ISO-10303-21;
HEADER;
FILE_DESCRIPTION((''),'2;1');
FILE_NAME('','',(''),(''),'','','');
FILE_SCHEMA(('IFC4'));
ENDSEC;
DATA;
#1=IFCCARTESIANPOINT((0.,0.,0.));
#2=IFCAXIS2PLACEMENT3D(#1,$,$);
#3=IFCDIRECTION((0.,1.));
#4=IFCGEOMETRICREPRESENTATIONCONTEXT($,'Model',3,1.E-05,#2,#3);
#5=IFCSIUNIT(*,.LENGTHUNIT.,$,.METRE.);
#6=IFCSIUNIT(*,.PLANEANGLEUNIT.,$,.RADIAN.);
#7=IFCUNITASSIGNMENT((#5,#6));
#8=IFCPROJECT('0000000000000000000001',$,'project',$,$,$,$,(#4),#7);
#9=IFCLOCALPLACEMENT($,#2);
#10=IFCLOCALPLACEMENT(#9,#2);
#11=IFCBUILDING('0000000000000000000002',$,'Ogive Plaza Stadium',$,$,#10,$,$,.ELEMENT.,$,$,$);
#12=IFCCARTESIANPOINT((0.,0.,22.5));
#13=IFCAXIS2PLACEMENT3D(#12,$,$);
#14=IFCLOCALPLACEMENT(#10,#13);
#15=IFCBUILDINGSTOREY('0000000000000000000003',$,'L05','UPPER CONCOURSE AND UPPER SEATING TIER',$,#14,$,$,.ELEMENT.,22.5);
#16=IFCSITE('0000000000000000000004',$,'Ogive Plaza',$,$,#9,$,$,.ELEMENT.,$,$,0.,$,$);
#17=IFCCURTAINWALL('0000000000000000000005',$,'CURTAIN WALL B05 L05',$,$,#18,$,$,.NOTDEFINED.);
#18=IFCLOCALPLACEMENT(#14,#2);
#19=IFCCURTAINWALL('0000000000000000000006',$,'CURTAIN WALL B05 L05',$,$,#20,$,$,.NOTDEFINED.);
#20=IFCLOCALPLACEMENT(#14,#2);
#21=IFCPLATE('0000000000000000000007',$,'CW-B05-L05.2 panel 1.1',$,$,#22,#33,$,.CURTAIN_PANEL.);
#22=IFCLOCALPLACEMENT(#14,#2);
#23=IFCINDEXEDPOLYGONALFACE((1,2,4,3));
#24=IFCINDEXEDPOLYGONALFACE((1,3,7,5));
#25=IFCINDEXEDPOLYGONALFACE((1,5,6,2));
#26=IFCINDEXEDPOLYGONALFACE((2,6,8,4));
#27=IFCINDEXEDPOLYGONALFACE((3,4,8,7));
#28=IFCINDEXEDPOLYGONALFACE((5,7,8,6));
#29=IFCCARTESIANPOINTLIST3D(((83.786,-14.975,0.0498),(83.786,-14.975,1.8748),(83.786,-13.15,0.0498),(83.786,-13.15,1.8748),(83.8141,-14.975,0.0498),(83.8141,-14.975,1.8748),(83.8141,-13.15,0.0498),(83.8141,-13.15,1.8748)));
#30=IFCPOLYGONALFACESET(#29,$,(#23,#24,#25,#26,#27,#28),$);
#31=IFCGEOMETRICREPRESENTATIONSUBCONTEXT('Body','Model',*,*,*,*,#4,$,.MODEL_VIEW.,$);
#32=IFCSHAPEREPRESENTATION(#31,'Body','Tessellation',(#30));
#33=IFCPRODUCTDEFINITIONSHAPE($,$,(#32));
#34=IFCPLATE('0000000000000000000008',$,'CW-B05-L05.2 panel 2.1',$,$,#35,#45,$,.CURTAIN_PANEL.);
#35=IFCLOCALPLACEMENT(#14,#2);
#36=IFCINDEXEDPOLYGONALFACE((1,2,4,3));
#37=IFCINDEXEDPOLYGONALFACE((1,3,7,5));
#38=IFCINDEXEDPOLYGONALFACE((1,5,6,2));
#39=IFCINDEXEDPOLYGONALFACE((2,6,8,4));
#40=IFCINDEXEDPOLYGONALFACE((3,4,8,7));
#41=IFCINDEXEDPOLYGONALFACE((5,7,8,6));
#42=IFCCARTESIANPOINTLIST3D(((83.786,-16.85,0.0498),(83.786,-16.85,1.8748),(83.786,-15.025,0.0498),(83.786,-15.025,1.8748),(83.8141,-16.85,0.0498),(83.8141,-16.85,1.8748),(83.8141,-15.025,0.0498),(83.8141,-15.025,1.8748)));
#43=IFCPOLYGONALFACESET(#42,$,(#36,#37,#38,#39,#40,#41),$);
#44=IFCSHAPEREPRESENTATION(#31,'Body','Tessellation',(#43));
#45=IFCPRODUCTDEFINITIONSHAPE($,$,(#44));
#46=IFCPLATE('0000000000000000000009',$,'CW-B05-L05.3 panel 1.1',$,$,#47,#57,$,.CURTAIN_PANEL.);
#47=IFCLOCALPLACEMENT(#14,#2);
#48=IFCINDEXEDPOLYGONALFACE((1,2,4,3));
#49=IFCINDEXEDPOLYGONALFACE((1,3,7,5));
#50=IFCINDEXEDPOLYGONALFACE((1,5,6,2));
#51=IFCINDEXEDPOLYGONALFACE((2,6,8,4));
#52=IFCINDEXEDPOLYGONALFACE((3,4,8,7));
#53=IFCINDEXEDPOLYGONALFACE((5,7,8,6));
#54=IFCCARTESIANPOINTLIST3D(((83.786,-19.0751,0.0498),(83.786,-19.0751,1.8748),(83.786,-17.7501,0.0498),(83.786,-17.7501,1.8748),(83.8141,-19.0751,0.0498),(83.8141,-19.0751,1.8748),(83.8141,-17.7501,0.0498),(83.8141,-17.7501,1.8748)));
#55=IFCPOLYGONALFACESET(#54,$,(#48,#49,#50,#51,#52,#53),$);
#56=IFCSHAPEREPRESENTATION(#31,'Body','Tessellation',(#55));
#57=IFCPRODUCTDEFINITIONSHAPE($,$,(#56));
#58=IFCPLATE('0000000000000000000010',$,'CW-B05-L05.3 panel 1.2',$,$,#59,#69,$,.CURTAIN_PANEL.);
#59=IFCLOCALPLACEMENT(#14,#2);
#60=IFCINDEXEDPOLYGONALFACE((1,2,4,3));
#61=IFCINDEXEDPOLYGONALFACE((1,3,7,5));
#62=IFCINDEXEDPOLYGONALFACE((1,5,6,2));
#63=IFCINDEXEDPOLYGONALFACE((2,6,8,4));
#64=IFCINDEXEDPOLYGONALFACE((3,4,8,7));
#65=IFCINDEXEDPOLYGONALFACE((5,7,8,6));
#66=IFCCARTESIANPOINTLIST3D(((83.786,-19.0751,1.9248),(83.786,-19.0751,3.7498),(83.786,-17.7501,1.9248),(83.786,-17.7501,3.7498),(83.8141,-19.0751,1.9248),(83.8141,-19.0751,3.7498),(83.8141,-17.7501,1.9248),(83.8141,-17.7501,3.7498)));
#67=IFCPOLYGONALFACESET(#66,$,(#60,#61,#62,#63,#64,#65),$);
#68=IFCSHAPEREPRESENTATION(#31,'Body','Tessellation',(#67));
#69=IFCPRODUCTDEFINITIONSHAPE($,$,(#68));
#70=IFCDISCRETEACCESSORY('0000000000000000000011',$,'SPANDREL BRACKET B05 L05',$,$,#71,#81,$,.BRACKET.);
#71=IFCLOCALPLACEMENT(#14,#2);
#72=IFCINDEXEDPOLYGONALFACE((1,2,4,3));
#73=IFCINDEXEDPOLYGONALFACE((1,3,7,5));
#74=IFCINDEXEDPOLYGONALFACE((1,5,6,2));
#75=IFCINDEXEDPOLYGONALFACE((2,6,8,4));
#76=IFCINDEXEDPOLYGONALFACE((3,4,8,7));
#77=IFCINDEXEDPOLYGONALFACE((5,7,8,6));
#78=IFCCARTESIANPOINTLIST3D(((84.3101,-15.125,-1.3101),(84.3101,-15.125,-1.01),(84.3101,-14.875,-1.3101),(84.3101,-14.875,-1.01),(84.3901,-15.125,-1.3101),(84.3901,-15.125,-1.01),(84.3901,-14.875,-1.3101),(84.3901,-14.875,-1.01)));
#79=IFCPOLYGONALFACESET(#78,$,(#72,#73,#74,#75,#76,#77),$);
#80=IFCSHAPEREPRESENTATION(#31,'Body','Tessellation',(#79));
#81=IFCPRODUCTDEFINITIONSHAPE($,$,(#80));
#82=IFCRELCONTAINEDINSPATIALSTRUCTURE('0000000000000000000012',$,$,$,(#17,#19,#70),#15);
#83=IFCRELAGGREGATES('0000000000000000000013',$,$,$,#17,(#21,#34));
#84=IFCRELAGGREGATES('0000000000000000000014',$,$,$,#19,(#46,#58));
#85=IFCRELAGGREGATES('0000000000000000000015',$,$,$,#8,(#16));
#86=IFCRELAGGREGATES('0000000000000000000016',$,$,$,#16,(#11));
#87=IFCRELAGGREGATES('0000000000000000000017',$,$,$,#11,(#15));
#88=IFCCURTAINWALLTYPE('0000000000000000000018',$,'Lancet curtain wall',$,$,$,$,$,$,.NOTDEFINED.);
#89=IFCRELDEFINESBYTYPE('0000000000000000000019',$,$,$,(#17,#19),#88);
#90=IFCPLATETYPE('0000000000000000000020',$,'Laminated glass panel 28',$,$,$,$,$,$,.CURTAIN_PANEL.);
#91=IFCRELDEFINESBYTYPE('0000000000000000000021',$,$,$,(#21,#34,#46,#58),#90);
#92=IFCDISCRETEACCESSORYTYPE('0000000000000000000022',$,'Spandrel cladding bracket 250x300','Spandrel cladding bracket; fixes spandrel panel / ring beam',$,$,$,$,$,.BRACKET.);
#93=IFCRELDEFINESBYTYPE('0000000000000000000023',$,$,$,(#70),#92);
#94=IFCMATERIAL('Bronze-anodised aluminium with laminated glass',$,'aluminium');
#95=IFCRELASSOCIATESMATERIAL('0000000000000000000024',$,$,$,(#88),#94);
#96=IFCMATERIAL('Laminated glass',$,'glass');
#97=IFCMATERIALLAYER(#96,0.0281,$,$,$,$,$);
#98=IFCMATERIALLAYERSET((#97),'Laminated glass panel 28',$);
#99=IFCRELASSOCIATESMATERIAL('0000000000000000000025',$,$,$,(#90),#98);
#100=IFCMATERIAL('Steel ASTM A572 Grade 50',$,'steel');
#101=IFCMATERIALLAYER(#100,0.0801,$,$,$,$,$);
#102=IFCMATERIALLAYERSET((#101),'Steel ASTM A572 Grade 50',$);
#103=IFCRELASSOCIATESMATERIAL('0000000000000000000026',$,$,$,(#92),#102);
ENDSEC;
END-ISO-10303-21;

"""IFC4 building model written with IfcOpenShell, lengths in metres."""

from ifc_helpers import new_model, si_unit, direction, frame, origin, origin_2d, place, context, subcontext, project, spatial, rectangle, extrude, material, layer, layer_set, type_object, element, aggregate, save


model = new_model("IFC4")

# Units and contexts
model_context = context("Model", 3, precision=1e-05, world=origin(), true_north=direction((0.0, 1.0)))
body_context = subcontext(model_context, "Body", "Model", "MODEL_VIEW")
ifc_project = project(units=[si_unit("LENGTHUNIT", "METRE"), si_unit("PLANEANGLEUNIT", "RADIAN")], contexts=[model_context])

# Site, building, storey
site_placement = place(None, origin())
site = spatial("IfcSite", under=ifc_project, at=site_placement, Name="Ogive Plaza", CompositionType="ELEMENT", RefElevation=0.0)
building_placement = place(site_placement, origin())
building = spatial("IfcBuilding", under=site, at=building_placement, Name="Ogive Plaza Stadium", CompositionType="ELEMENT")
storey_placement = place(building_placement, frame((0.0, 0.0, 22.5)))
storey = spatial("IfcBuildingStorey", under=building, at=storey_placement, Name="L05", Description="UPPER CONCOURSE AND UPPER SEATING TIER", CompositionType="ELEMENT", Elevation=22.5)

# Curtain walls
ifc_material_1 = material(Name="Bronze-anodised aluminium with laminated glass", Category="aluminium")
curtain_wall_type = type_object("IfcCurtainWallType", Name="Lancet curtain wall", PredefinedType="NOTDEFINED", material=ifc_material_1)
curtain_wall_1_placement = place(storey_placement, origin())
curtain_wall_1 = element("IfcCurtainWall", 1, at=curtain_wall_1_placement, inside=storey, type_object=curtain_wall_type, Name="CURTAIN WALL B05 L05", PredefinedType="NOTDEFINED")
curtain_wall_2_placement = place(storey_placement, origin())
curtain_wall_2 = element("IfcCurtainWall", 2, at=curtain_wall_2_placement, inside=storey, type_object=curtain_wall_type, Name="CURTAIN WALL B05 L05", PredefinedType="NOTDEFINED")

# Plates
ifc_material_2 = material(Name="Laminated glass", Category="glass")
ifc_layer_1 = layer(ifc_material_2, 0.0281)
ifc_layer_set_1 = layer_set([ifc_layer_1], Name="Laminated glass panel 28")
plate_type = type_object("IfcPlateType", Name="Laminated glass panel 28", PredefinedType="CURTAIN_PANEL", material=ifc_layer_set_1)
plate_1_placement = place(storey_placement, frame((83.8, -14.0625, 0.0498), z_axis=(0.0, 0.0, 1.0), x_axis=(0.0, -1.0, 0.0)))
plate_1 = element("IfcPlate", 3, at=plate_1_placement, type_object=plate_type, Name="CW-B05-L05.2 panel 1.1", PredefinedType="CURTAIN_PANEL", context=body_context, shape_type="SweptSolid", body=[
    extrude(rectangle(XDim=1.825, YDim=0.0281, at=origin_2d()), origin(), (0.0, 0.0, 1.0), 1.825),
])
plate_2_placement = place(storey_placement, frame((83.8, -15.9375, 0.0498), z_axis=(0.0, 0.0, 1.0), x_axis=(0.0, -1.0, 0.0)))
plate_2 = element("IfcPlate", 4, at=plate_2_placement, type_object=plate_type, Name="CW-B05-L05.2 panel 2.1", PredefinedType="CURTAIN_PANEL", context=body_context, shape_type="SweptSolid", body=[
    extrude(rectangle(XDim=1.825, YDim=0.0281, at=origin_2d()), origin(), (0.0, 0.0, 1.0), 1.825),
])
aggregate(curtain_wall_1, [plate_1, plate_2])
plate_3_placement = place(storey_placement, frame((83.8, -18.4126, 0.0498), z_axis=(0.0, 0.0, 1.0), x_axis=(0.0, -1.0, 0.0)))
plate_3 = element("IfcPlate", 5, at=plate_3_placement, type_object=plate_type, Name="CW-B05-L05.3 panel 1.1", PredefinedType="CURTAIN_PANEL", context=body_context, shape_type="SweptSolid", body=[
    extrude(rectangle(XDim=1.325, YDim=0.0281, at=origin_2d()), origin(), (0.0, 0.0, 1.0), 1.825),
])
plate_4_placement = place(storey_placement, frame((83.8, -18.4126, 1.9248), z_axis=(0.0, 0.0, 1.0), x_axis=(0.0, -1.0, 0.0)))
plate_4 = element("IfcPlate", 6, at=plate_4_placement, type_object=plate_type, Name="CW-B05-L05.3 panel 1.2", PredefinedType="CURTAIN_PANEL", context=body_context, shape_type="SweptSolid", body=[
    extrude(rectangle(XDim=1.325, YDim=0.0281, at=origin_2d()), origin(), (0.0, 0.0, 1.0), 1.825),
])
aggregate(curtain_wall_2, [plate_3, plate_4])

# Discrete accessory
ifc_material_3 = material(Name="Steel ASTM A572 Grade 50", Category="steel")
ifc_layer_2 = layer(ifc_material_3, 0.0801)
ifc_layer_set_2 = layer_set([ifc_layer_2], Name="Steel ASTM A572 Grade 50")
discrete_accessory_type = type_object("IfcDiscreteAccessoryType", Name="Spandrel cladding bracket 250x300", Description="Spandrel cladding bracket; fixes spandrel panel / ring beam", PredefinedType="BRACKET", material=ifc_layer_set_2)
discrete_accessory_placement = place(storey_placement, frame((84.3501, -15.0, -1.3101), z_axis=(0.0, 0.0, 1.0), x_axis=(0.0, -1.0, 0.0)))
element("IfcDiscreteAccessory", 7, at=discrete_accessory_placement, inside=storey, type_object=discrete_accessory_type, Name="SPANDREL BRACKET B05 L05", PredefinedType="BRACKET", context=body_context, shape_type="SweptSolid", body=[
    extrude(rectangle(XDim=0.25, YDim=0.0801, at=origin_2d()), origin(), (0.0, 0.0, 1.0), 0.3),
])

save(model, "model.ifc")
